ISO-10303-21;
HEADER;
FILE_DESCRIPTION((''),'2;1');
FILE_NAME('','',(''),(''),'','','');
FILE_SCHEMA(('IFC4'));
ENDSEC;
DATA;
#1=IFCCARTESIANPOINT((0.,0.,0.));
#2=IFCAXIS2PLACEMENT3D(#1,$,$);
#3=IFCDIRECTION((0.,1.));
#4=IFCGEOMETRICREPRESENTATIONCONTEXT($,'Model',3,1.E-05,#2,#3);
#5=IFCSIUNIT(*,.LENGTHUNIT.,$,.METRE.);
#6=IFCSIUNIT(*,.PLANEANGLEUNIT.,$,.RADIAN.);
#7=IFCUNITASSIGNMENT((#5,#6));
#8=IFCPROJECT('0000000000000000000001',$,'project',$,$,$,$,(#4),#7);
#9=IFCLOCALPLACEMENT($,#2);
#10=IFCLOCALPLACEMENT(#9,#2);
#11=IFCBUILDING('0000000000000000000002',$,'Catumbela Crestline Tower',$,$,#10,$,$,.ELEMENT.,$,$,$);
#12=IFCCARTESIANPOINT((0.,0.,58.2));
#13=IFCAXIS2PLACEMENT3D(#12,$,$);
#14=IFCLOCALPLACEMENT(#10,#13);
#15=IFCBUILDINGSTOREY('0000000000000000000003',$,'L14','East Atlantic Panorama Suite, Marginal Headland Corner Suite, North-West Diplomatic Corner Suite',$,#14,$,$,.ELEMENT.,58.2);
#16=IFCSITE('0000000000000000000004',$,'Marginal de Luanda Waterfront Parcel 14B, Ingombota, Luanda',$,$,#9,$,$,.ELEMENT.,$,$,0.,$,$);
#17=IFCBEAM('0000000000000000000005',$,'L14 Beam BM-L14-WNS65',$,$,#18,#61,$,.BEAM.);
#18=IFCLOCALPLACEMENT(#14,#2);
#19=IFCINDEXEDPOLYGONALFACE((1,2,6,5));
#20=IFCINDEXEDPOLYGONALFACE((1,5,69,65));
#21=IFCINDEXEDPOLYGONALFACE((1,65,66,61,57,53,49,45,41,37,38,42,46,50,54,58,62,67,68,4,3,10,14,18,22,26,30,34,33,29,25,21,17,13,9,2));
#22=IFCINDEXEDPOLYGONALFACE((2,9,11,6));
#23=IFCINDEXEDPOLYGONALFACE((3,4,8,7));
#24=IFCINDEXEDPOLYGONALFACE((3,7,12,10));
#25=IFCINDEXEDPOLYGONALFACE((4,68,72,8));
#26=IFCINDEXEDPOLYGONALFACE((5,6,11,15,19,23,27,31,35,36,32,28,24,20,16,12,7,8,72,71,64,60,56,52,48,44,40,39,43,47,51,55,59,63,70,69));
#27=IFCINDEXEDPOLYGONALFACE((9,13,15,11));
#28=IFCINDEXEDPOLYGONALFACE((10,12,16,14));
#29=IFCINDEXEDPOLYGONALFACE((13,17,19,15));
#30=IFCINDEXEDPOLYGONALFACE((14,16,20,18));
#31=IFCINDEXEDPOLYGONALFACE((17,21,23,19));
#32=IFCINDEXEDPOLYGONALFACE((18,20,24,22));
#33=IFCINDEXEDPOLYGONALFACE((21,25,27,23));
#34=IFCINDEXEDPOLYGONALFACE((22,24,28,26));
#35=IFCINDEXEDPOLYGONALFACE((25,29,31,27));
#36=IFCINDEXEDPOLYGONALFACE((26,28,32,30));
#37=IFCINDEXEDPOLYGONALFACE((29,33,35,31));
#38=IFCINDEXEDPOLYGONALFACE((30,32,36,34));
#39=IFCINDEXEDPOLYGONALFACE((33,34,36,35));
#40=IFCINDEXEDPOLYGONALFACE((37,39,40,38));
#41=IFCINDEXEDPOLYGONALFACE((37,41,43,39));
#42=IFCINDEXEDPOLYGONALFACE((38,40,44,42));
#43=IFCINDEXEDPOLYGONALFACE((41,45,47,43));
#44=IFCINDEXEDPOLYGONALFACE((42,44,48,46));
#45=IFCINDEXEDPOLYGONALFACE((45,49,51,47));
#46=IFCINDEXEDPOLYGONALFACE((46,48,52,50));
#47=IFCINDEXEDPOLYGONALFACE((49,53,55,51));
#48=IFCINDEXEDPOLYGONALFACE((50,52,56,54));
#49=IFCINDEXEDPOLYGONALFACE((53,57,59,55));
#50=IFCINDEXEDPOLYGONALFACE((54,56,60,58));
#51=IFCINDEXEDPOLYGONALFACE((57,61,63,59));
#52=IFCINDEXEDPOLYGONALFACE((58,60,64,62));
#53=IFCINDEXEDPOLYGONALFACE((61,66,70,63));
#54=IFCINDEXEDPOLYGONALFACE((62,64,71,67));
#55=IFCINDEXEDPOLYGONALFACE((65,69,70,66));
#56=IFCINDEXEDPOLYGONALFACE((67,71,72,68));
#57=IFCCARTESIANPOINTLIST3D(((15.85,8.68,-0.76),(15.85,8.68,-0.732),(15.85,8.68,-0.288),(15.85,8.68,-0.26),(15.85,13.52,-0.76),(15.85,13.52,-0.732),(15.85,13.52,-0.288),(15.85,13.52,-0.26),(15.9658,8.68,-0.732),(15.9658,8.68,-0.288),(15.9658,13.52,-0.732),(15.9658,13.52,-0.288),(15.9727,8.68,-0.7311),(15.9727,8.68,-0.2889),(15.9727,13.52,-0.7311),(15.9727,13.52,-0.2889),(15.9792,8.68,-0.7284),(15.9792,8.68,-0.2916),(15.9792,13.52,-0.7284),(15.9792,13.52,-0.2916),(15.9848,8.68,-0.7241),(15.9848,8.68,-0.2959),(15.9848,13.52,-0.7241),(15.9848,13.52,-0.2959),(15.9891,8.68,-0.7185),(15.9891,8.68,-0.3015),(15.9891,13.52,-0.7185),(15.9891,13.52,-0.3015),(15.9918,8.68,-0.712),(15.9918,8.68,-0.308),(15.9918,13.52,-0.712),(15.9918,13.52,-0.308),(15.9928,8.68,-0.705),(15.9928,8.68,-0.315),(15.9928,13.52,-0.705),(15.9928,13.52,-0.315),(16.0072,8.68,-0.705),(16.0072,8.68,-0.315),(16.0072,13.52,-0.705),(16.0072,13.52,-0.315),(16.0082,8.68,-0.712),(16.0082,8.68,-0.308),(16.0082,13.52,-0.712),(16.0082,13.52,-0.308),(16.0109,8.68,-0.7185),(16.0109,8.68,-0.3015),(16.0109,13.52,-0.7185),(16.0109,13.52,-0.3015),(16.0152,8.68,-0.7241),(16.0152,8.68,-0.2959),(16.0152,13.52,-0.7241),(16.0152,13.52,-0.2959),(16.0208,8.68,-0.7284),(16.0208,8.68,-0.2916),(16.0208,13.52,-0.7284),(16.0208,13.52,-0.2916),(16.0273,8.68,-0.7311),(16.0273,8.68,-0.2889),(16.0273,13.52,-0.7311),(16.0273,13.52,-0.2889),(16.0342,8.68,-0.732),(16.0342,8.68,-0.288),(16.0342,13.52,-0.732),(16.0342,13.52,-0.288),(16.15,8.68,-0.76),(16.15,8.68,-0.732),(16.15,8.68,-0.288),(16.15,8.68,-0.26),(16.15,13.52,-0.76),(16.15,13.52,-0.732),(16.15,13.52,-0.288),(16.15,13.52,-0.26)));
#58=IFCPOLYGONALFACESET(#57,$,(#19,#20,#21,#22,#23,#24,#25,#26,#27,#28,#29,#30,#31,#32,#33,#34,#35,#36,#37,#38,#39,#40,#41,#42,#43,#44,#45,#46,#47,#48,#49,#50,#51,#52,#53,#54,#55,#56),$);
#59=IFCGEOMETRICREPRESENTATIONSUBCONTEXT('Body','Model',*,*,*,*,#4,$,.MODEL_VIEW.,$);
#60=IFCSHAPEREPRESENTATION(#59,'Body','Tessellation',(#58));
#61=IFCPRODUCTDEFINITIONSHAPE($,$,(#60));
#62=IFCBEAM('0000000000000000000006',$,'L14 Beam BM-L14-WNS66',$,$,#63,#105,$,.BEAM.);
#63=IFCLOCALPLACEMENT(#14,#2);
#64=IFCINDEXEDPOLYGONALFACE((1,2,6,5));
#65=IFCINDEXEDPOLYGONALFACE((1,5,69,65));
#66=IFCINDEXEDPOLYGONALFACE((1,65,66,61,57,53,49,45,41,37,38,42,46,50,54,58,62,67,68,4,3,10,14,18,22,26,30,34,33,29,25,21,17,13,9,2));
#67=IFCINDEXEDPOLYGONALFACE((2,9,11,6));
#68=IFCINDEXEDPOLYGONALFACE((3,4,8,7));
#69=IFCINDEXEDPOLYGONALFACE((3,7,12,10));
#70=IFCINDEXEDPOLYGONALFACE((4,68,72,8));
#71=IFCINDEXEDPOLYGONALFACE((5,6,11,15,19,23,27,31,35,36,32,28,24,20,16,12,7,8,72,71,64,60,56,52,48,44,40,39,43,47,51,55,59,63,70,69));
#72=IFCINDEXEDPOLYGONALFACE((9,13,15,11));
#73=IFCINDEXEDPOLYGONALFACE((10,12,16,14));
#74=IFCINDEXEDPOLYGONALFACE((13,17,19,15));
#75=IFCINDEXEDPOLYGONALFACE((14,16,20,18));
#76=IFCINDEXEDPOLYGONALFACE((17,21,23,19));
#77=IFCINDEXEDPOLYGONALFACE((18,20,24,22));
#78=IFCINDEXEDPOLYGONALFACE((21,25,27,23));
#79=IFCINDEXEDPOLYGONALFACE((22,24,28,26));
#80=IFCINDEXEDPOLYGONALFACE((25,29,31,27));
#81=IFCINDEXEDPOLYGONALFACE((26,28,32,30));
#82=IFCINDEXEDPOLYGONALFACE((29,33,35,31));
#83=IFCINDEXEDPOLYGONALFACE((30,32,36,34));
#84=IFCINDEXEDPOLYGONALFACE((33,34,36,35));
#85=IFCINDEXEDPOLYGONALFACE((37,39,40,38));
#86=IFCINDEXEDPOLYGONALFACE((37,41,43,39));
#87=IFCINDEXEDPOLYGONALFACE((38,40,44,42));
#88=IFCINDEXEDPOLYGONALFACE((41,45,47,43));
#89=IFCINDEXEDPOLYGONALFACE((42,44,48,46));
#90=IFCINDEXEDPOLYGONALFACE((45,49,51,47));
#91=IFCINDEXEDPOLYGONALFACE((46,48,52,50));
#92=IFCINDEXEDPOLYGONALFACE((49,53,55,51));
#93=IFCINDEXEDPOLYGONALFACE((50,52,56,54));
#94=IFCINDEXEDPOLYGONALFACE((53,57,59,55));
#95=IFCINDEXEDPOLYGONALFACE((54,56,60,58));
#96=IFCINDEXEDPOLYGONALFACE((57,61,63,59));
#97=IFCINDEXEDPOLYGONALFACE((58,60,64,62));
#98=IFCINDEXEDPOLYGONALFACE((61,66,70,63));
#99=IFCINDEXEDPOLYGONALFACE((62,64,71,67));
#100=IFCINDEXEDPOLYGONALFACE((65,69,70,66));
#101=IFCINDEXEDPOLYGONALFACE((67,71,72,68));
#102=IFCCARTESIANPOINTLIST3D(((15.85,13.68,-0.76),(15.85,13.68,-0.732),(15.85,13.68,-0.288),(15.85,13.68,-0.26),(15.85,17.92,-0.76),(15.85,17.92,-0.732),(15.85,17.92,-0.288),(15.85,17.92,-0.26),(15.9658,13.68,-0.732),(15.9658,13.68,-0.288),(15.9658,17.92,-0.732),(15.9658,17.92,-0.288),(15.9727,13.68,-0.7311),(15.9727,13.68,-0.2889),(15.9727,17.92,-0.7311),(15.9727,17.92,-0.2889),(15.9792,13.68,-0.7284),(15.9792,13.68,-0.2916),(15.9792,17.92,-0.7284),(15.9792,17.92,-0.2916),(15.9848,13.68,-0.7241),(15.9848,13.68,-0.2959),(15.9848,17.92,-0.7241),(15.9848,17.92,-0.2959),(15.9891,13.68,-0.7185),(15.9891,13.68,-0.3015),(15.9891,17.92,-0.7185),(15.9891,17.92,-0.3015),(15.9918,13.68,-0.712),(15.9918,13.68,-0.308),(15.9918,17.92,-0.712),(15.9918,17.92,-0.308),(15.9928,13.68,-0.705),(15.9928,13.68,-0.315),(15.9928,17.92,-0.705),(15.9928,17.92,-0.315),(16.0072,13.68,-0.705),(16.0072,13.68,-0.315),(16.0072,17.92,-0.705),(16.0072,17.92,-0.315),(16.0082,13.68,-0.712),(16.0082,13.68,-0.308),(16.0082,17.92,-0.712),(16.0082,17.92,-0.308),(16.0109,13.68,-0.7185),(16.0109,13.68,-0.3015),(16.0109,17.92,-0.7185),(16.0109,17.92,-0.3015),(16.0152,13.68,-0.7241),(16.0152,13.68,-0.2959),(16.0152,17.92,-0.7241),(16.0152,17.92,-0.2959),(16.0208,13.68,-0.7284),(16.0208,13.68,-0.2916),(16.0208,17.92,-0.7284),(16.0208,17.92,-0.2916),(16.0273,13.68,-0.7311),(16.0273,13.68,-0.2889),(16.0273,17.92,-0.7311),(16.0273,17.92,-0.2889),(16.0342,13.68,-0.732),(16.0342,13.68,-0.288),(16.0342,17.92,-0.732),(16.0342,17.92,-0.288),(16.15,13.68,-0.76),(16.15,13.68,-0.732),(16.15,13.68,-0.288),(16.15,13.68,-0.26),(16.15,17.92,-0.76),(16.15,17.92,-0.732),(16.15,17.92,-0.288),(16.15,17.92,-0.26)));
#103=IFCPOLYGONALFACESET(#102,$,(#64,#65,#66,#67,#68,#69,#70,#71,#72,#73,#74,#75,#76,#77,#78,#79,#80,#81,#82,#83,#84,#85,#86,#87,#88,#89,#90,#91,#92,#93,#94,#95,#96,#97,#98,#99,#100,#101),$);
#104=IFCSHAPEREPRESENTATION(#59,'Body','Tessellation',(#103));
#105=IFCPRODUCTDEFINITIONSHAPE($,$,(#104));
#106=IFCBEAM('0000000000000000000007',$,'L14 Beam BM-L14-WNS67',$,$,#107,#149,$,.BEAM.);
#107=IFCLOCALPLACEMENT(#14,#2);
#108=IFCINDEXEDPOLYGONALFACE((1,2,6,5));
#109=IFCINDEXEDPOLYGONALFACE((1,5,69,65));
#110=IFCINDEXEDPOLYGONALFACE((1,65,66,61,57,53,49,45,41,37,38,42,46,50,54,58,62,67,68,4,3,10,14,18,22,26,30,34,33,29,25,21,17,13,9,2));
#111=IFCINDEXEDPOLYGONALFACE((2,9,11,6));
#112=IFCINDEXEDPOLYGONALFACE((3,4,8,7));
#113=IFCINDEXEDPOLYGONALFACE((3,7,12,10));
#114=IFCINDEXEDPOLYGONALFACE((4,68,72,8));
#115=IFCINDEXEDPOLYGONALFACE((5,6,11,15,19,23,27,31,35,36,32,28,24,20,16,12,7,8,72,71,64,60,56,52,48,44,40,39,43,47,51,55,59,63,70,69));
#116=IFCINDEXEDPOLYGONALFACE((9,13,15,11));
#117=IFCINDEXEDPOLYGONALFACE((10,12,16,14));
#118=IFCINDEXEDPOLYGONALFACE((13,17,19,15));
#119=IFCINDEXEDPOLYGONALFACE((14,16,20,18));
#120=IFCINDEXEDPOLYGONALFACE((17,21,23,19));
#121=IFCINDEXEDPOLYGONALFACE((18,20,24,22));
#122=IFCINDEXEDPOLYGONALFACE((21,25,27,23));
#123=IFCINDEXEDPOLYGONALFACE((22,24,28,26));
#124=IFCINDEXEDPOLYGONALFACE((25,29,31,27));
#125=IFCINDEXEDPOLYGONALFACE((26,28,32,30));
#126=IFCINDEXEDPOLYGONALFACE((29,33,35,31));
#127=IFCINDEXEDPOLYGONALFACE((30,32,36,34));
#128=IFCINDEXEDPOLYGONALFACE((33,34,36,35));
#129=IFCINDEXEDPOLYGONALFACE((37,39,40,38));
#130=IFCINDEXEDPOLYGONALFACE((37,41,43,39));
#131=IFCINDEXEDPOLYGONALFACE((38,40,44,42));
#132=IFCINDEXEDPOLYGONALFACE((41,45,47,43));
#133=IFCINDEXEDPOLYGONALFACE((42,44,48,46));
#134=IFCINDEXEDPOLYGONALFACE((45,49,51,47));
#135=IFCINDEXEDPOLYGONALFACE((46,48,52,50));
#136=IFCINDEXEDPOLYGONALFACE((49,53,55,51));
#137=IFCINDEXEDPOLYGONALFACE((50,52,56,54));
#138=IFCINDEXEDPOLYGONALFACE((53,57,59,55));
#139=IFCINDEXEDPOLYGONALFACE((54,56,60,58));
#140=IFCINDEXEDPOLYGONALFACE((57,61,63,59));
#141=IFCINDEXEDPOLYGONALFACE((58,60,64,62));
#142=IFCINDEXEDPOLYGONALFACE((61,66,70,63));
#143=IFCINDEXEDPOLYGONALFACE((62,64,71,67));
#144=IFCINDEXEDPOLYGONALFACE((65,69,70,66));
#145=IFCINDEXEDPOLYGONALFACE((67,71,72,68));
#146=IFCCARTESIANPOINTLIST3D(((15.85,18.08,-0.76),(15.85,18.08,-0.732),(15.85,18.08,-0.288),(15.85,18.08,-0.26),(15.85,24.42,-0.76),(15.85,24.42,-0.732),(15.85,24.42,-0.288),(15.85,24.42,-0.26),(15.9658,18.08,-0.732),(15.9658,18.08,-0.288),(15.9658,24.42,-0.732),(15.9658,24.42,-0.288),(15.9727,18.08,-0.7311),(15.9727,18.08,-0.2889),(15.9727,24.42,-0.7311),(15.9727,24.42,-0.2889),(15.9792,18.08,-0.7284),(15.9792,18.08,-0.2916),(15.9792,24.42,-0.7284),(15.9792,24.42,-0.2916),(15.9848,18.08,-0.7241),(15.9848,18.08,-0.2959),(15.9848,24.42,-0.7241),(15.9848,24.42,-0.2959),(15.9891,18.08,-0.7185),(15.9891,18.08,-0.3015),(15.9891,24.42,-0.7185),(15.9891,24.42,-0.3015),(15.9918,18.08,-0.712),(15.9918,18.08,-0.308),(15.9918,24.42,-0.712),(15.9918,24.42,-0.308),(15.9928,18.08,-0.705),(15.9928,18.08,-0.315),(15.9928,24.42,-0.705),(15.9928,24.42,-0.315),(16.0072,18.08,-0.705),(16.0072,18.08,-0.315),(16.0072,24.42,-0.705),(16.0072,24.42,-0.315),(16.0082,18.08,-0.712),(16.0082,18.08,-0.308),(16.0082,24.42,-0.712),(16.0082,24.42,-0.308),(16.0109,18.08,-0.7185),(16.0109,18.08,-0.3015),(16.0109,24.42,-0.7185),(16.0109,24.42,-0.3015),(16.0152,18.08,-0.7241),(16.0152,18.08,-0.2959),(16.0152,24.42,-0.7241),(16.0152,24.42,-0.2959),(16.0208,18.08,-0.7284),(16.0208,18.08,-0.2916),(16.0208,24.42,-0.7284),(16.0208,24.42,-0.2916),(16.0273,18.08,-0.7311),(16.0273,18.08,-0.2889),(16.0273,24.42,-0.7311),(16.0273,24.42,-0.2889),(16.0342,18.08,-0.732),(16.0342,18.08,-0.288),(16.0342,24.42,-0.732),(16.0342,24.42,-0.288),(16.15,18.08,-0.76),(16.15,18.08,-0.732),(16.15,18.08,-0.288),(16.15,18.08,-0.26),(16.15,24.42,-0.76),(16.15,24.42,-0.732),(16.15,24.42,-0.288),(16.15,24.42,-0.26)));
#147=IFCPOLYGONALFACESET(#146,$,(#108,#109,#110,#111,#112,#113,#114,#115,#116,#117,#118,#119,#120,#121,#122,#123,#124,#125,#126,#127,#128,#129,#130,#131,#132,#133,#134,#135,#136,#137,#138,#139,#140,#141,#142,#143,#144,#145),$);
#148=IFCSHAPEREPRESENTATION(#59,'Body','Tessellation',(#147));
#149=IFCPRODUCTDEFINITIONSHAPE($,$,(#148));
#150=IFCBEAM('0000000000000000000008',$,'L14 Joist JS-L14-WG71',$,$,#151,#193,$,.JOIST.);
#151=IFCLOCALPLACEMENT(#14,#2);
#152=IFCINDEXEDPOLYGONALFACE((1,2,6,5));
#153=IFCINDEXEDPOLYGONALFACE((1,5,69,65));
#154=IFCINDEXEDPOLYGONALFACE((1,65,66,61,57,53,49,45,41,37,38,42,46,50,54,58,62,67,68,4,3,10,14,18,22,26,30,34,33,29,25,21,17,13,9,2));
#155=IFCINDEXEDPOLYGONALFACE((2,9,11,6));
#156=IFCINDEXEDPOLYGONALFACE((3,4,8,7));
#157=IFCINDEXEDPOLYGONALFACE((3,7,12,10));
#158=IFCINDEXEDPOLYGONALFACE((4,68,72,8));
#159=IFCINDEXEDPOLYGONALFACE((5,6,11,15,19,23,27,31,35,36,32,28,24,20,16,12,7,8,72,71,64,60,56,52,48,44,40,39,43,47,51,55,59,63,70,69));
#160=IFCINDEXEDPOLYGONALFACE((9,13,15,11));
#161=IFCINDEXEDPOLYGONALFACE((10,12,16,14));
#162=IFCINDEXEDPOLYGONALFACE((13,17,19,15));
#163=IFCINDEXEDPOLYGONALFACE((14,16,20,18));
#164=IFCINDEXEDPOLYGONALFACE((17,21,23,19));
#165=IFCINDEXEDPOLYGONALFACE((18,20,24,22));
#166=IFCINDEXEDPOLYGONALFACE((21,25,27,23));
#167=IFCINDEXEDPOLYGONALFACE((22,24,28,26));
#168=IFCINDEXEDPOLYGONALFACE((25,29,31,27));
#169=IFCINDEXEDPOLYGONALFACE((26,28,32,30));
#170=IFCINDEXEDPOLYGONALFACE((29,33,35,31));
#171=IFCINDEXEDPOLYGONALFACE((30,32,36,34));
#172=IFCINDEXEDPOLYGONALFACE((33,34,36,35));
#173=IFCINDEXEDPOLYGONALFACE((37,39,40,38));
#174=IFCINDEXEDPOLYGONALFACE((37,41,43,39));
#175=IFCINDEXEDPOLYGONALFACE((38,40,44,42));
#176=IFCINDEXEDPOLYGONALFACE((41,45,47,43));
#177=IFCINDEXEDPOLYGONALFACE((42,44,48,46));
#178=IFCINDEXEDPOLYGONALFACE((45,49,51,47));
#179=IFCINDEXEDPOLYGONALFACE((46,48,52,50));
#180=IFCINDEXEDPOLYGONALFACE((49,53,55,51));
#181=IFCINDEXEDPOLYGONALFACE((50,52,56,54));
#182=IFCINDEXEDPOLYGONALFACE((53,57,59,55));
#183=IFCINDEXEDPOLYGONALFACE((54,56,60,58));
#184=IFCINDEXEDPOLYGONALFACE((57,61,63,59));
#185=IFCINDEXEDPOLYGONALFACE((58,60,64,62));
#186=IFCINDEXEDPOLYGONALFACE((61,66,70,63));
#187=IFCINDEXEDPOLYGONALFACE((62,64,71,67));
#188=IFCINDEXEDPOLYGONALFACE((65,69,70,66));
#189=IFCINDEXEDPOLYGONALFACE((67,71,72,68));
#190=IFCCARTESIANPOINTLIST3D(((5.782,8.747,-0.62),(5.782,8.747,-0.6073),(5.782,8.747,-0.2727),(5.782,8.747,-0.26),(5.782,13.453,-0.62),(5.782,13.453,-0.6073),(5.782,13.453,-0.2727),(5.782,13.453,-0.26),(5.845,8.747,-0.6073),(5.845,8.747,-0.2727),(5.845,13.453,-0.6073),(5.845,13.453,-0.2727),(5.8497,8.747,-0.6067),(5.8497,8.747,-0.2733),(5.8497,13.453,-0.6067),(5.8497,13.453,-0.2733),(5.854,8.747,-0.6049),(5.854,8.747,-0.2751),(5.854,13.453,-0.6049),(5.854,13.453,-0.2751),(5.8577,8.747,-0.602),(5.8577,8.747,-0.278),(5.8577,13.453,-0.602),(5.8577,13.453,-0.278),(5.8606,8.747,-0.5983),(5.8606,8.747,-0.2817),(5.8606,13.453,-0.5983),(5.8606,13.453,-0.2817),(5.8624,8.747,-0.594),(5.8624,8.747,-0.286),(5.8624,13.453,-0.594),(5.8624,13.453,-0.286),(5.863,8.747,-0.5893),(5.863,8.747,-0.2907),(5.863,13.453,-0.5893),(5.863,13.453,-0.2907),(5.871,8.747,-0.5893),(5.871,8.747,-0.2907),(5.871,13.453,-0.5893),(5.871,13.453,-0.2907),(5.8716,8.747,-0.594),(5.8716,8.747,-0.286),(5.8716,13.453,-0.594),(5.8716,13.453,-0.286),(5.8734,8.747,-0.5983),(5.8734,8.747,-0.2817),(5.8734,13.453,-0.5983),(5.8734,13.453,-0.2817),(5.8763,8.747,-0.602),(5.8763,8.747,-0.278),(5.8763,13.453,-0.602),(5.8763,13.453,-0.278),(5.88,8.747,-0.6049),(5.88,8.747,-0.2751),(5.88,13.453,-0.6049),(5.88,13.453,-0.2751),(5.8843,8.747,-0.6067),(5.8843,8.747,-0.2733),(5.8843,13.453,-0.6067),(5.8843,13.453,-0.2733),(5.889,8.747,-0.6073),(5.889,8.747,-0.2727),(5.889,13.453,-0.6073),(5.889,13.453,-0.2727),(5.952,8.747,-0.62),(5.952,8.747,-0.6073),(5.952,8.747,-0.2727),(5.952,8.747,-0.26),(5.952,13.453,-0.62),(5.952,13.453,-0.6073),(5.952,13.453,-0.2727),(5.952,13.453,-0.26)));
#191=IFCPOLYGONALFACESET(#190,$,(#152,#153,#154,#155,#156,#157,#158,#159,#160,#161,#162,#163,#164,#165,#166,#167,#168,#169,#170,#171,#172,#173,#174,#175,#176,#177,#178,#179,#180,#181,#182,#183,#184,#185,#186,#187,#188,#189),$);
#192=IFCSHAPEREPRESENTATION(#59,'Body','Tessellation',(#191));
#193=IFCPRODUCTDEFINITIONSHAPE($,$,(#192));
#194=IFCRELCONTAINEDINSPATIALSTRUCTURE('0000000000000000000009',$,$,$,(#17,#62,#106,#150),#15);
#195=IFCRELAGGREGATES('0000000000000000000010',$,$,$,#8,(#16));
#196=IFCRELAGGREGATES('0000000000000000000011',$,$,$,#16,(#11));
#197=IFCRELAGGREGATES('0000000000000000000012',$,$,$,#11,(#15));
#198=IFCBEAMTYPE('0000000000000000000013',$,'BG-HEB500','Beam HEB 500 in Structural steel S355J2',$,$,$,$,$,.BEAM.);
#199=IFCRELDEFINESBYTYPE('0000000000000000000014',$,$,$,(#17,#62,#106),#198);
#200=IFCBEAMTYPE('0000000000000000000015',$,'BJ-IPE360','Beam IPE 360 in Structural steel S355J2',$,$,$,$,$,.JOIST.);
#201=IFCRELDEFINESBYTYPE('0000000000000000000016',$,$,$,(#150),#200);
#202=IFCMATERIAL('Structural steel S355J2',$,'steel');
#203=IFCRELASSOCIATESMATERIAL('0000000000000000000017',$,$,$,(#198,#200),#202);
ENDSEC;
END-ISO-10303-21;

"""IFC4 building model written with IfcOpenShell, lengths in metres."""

from ifc_helpers import new_model, si_unit, direction, frame, origin, origin_2d, place, context, subcontext, project, spatial, i_section, extrude, material, material_profile, profile_set, type_object, element, save


model = new_model("IFC4")

# Units and contexts
model_context = context("Model", 3, precision=1e-05, world=origin(), true_north=direction((0.0, 1.0)))
body_context = subcontext(model_context, "Body", "Model", "MODEL_VIEW")
ifc_project = project(units=[si_unit("LENGTHUNIT", "METRE"), si_unit("PLANEANGLEUNIT", "RADIAN")], contexts=[model_context])

# Site, building, storey
site_placement = place(None, origin())
site = spatial("IfcSite", under=ifc_project, at=site_placement, Name="Marginal de Luanda Waterfront Parcel 14B, Ingombota, Luanda", CompositionType="ELEMENT", RefElevation=0.0)
building_placement = place(site_placement, origin())
building = spatial("IfcBuilding", under=site, at=building_placement, Name="Catumbela Crestline Tower", CompositionType="ELEMENT")
storey_placement = place(building_placement, frame((0.0, 0.0, 58.2)))
storey = spatial("IfcBuildingStorey", under=building, at=storey_placement, Name="L14", Description="East Atlantic Panorama Suite, Marginal Headland Corner Suite, North-West Diplomatic Corner Suite", CompositionType="ELEMENT", Elevation=58.2)

# Beams
ifc_material_1 = material(Name="Structural steel S355J2", Category="steel")
ifc_material_profile_1 = material_profile(ifc_material_1, i_section(OverallWidth=0.3, OverallDepth=0.5, WebThickness=0.0145, FlangeThickness=0.028, FilletRadius=0.027, at=origin_2d()), Name="HEB 500")
ifc_profile_set_1 = profile_set([ifc_material_profile_1], Name="Structural steel S355J2")
beam_type_1 = type_object("IfcBeamType", Name="BG-HEB500", Description="Beam HEB 500 in Structural steel S355J2", PredefinedType="BEAM", material=ifc_profile_set_1)
beam_1_placement = place(storey_placement, frame((16.0, 8.68, -0.51), z_axis=(0.0, 1.0, 0.0), x_axis=(-1.0, 0.0, 0.0)))
element("IfcBeam", 1, at=beam_1_placement, inside=storey, type_object=beam_type_1, Name="L14 Beam BM-L14-WNS65", PredefinedType="BEAM", context=body_context, shape_type="SweptSolid", body=[
    extrude(i_section(OverallWidth=0.3, OverallDepth=0.5, WebThickness=0.0145, FlangeThickness=0.028, FilletRadius=0.027, at=origin_2d()), origin(), (0.0, 0.0, 1.0), 4.84),
])
beam_2_placement = place(storey_placement, frame((16.0, 13.68, -0.51), z_axis=(0.0, 1.0, 0.0), x_axis=(-1.0, 0.0, 0.0)))
element("IfcBeam", 2, at=beam_2_placement, inside=storey, type_object=beam_type_1, Name="L14 Beam BM-L14-WNS66", PredefinedType="BEAM", context=body_context, shape_type="SweptSolid", body=[
    extrude(i_section(OverallWidth=0.3, OverallDepth=0.5, WebThickness=0.0145, FlangeThickness=0.028, FilletRadius=0.027, at=origin_2d()), origin(), (0.0, 0.0, 1.0), 4.24),
])
beam_3_placement = place(storey_placement, frame((16.0, 18.08, -0.51), z_axis=(0.0, 1.0, 0.0), x_axis=(-1.0, 0.0, 0.0)))
element("IfcBeam", 3, at=beam_3_placement, inside=storey, type_object=beam_type_1, Name="L14 Beam BM-L14-WNS67", PredefinedType="BEAM", context=body_context, shape_type="SweptSolid", body=[
    extrude(i_section(OverallWidth=0.3, OverallDepth=0.5, WebThickness=0.0145, FlangeThickness=0.028, FilletRadius=0.027, at=origin_2d()), origin(), (0.0, 0.0, 1.0), 6.34),
])
ifc_material_profile_2 = material_profile(ifc_material_1, i_section(OverallWidth=0.17, OverallDepth=0.36, WebThickness=0.008, FlangeThickness=0.0127, FilletRadius=0.018, at=origin_2d()), Name="IPE 360")
ifc_profile_set_2 = profile_set([ifc_material_profile_2], Name="Structural steel S355J2")
beam_type_2 = type_object("IfcBeamType", Name="BJ-IPE360", Description="Beam IPE 360 in Structural steel S355J2", PredefinedType="JOIST", material=ifc_profile_set_2)
for number, where, z_axis, x_axis, name in (
    (4, (5.867, 8.747, -0.44), (0.0, 1.0, 0.0), (-1.0, 0.0, 0.0), "L14 Joist JS-L14-WG71"),
):
    element("IfcBeam", number, at=place(storey_placement, frame(where, z_axis=z_axis, x_axis=x_axis)), inside=storey, type_object=beam_type_2, Name=name, PredefinedType="JOIST", context=body_context, shape_type="SweptSolid", body=[
        extrude(i_section(OverallWidth=0.17, OverallDepth=0.36, WebThickness=0.008, FlangeThickness=0.0127, FilletRadius=0.018, at=origin_2d()), origin(), (0.0, 0.0, 1.0), 4.706),
    ])

save(model, "model.ifc")
